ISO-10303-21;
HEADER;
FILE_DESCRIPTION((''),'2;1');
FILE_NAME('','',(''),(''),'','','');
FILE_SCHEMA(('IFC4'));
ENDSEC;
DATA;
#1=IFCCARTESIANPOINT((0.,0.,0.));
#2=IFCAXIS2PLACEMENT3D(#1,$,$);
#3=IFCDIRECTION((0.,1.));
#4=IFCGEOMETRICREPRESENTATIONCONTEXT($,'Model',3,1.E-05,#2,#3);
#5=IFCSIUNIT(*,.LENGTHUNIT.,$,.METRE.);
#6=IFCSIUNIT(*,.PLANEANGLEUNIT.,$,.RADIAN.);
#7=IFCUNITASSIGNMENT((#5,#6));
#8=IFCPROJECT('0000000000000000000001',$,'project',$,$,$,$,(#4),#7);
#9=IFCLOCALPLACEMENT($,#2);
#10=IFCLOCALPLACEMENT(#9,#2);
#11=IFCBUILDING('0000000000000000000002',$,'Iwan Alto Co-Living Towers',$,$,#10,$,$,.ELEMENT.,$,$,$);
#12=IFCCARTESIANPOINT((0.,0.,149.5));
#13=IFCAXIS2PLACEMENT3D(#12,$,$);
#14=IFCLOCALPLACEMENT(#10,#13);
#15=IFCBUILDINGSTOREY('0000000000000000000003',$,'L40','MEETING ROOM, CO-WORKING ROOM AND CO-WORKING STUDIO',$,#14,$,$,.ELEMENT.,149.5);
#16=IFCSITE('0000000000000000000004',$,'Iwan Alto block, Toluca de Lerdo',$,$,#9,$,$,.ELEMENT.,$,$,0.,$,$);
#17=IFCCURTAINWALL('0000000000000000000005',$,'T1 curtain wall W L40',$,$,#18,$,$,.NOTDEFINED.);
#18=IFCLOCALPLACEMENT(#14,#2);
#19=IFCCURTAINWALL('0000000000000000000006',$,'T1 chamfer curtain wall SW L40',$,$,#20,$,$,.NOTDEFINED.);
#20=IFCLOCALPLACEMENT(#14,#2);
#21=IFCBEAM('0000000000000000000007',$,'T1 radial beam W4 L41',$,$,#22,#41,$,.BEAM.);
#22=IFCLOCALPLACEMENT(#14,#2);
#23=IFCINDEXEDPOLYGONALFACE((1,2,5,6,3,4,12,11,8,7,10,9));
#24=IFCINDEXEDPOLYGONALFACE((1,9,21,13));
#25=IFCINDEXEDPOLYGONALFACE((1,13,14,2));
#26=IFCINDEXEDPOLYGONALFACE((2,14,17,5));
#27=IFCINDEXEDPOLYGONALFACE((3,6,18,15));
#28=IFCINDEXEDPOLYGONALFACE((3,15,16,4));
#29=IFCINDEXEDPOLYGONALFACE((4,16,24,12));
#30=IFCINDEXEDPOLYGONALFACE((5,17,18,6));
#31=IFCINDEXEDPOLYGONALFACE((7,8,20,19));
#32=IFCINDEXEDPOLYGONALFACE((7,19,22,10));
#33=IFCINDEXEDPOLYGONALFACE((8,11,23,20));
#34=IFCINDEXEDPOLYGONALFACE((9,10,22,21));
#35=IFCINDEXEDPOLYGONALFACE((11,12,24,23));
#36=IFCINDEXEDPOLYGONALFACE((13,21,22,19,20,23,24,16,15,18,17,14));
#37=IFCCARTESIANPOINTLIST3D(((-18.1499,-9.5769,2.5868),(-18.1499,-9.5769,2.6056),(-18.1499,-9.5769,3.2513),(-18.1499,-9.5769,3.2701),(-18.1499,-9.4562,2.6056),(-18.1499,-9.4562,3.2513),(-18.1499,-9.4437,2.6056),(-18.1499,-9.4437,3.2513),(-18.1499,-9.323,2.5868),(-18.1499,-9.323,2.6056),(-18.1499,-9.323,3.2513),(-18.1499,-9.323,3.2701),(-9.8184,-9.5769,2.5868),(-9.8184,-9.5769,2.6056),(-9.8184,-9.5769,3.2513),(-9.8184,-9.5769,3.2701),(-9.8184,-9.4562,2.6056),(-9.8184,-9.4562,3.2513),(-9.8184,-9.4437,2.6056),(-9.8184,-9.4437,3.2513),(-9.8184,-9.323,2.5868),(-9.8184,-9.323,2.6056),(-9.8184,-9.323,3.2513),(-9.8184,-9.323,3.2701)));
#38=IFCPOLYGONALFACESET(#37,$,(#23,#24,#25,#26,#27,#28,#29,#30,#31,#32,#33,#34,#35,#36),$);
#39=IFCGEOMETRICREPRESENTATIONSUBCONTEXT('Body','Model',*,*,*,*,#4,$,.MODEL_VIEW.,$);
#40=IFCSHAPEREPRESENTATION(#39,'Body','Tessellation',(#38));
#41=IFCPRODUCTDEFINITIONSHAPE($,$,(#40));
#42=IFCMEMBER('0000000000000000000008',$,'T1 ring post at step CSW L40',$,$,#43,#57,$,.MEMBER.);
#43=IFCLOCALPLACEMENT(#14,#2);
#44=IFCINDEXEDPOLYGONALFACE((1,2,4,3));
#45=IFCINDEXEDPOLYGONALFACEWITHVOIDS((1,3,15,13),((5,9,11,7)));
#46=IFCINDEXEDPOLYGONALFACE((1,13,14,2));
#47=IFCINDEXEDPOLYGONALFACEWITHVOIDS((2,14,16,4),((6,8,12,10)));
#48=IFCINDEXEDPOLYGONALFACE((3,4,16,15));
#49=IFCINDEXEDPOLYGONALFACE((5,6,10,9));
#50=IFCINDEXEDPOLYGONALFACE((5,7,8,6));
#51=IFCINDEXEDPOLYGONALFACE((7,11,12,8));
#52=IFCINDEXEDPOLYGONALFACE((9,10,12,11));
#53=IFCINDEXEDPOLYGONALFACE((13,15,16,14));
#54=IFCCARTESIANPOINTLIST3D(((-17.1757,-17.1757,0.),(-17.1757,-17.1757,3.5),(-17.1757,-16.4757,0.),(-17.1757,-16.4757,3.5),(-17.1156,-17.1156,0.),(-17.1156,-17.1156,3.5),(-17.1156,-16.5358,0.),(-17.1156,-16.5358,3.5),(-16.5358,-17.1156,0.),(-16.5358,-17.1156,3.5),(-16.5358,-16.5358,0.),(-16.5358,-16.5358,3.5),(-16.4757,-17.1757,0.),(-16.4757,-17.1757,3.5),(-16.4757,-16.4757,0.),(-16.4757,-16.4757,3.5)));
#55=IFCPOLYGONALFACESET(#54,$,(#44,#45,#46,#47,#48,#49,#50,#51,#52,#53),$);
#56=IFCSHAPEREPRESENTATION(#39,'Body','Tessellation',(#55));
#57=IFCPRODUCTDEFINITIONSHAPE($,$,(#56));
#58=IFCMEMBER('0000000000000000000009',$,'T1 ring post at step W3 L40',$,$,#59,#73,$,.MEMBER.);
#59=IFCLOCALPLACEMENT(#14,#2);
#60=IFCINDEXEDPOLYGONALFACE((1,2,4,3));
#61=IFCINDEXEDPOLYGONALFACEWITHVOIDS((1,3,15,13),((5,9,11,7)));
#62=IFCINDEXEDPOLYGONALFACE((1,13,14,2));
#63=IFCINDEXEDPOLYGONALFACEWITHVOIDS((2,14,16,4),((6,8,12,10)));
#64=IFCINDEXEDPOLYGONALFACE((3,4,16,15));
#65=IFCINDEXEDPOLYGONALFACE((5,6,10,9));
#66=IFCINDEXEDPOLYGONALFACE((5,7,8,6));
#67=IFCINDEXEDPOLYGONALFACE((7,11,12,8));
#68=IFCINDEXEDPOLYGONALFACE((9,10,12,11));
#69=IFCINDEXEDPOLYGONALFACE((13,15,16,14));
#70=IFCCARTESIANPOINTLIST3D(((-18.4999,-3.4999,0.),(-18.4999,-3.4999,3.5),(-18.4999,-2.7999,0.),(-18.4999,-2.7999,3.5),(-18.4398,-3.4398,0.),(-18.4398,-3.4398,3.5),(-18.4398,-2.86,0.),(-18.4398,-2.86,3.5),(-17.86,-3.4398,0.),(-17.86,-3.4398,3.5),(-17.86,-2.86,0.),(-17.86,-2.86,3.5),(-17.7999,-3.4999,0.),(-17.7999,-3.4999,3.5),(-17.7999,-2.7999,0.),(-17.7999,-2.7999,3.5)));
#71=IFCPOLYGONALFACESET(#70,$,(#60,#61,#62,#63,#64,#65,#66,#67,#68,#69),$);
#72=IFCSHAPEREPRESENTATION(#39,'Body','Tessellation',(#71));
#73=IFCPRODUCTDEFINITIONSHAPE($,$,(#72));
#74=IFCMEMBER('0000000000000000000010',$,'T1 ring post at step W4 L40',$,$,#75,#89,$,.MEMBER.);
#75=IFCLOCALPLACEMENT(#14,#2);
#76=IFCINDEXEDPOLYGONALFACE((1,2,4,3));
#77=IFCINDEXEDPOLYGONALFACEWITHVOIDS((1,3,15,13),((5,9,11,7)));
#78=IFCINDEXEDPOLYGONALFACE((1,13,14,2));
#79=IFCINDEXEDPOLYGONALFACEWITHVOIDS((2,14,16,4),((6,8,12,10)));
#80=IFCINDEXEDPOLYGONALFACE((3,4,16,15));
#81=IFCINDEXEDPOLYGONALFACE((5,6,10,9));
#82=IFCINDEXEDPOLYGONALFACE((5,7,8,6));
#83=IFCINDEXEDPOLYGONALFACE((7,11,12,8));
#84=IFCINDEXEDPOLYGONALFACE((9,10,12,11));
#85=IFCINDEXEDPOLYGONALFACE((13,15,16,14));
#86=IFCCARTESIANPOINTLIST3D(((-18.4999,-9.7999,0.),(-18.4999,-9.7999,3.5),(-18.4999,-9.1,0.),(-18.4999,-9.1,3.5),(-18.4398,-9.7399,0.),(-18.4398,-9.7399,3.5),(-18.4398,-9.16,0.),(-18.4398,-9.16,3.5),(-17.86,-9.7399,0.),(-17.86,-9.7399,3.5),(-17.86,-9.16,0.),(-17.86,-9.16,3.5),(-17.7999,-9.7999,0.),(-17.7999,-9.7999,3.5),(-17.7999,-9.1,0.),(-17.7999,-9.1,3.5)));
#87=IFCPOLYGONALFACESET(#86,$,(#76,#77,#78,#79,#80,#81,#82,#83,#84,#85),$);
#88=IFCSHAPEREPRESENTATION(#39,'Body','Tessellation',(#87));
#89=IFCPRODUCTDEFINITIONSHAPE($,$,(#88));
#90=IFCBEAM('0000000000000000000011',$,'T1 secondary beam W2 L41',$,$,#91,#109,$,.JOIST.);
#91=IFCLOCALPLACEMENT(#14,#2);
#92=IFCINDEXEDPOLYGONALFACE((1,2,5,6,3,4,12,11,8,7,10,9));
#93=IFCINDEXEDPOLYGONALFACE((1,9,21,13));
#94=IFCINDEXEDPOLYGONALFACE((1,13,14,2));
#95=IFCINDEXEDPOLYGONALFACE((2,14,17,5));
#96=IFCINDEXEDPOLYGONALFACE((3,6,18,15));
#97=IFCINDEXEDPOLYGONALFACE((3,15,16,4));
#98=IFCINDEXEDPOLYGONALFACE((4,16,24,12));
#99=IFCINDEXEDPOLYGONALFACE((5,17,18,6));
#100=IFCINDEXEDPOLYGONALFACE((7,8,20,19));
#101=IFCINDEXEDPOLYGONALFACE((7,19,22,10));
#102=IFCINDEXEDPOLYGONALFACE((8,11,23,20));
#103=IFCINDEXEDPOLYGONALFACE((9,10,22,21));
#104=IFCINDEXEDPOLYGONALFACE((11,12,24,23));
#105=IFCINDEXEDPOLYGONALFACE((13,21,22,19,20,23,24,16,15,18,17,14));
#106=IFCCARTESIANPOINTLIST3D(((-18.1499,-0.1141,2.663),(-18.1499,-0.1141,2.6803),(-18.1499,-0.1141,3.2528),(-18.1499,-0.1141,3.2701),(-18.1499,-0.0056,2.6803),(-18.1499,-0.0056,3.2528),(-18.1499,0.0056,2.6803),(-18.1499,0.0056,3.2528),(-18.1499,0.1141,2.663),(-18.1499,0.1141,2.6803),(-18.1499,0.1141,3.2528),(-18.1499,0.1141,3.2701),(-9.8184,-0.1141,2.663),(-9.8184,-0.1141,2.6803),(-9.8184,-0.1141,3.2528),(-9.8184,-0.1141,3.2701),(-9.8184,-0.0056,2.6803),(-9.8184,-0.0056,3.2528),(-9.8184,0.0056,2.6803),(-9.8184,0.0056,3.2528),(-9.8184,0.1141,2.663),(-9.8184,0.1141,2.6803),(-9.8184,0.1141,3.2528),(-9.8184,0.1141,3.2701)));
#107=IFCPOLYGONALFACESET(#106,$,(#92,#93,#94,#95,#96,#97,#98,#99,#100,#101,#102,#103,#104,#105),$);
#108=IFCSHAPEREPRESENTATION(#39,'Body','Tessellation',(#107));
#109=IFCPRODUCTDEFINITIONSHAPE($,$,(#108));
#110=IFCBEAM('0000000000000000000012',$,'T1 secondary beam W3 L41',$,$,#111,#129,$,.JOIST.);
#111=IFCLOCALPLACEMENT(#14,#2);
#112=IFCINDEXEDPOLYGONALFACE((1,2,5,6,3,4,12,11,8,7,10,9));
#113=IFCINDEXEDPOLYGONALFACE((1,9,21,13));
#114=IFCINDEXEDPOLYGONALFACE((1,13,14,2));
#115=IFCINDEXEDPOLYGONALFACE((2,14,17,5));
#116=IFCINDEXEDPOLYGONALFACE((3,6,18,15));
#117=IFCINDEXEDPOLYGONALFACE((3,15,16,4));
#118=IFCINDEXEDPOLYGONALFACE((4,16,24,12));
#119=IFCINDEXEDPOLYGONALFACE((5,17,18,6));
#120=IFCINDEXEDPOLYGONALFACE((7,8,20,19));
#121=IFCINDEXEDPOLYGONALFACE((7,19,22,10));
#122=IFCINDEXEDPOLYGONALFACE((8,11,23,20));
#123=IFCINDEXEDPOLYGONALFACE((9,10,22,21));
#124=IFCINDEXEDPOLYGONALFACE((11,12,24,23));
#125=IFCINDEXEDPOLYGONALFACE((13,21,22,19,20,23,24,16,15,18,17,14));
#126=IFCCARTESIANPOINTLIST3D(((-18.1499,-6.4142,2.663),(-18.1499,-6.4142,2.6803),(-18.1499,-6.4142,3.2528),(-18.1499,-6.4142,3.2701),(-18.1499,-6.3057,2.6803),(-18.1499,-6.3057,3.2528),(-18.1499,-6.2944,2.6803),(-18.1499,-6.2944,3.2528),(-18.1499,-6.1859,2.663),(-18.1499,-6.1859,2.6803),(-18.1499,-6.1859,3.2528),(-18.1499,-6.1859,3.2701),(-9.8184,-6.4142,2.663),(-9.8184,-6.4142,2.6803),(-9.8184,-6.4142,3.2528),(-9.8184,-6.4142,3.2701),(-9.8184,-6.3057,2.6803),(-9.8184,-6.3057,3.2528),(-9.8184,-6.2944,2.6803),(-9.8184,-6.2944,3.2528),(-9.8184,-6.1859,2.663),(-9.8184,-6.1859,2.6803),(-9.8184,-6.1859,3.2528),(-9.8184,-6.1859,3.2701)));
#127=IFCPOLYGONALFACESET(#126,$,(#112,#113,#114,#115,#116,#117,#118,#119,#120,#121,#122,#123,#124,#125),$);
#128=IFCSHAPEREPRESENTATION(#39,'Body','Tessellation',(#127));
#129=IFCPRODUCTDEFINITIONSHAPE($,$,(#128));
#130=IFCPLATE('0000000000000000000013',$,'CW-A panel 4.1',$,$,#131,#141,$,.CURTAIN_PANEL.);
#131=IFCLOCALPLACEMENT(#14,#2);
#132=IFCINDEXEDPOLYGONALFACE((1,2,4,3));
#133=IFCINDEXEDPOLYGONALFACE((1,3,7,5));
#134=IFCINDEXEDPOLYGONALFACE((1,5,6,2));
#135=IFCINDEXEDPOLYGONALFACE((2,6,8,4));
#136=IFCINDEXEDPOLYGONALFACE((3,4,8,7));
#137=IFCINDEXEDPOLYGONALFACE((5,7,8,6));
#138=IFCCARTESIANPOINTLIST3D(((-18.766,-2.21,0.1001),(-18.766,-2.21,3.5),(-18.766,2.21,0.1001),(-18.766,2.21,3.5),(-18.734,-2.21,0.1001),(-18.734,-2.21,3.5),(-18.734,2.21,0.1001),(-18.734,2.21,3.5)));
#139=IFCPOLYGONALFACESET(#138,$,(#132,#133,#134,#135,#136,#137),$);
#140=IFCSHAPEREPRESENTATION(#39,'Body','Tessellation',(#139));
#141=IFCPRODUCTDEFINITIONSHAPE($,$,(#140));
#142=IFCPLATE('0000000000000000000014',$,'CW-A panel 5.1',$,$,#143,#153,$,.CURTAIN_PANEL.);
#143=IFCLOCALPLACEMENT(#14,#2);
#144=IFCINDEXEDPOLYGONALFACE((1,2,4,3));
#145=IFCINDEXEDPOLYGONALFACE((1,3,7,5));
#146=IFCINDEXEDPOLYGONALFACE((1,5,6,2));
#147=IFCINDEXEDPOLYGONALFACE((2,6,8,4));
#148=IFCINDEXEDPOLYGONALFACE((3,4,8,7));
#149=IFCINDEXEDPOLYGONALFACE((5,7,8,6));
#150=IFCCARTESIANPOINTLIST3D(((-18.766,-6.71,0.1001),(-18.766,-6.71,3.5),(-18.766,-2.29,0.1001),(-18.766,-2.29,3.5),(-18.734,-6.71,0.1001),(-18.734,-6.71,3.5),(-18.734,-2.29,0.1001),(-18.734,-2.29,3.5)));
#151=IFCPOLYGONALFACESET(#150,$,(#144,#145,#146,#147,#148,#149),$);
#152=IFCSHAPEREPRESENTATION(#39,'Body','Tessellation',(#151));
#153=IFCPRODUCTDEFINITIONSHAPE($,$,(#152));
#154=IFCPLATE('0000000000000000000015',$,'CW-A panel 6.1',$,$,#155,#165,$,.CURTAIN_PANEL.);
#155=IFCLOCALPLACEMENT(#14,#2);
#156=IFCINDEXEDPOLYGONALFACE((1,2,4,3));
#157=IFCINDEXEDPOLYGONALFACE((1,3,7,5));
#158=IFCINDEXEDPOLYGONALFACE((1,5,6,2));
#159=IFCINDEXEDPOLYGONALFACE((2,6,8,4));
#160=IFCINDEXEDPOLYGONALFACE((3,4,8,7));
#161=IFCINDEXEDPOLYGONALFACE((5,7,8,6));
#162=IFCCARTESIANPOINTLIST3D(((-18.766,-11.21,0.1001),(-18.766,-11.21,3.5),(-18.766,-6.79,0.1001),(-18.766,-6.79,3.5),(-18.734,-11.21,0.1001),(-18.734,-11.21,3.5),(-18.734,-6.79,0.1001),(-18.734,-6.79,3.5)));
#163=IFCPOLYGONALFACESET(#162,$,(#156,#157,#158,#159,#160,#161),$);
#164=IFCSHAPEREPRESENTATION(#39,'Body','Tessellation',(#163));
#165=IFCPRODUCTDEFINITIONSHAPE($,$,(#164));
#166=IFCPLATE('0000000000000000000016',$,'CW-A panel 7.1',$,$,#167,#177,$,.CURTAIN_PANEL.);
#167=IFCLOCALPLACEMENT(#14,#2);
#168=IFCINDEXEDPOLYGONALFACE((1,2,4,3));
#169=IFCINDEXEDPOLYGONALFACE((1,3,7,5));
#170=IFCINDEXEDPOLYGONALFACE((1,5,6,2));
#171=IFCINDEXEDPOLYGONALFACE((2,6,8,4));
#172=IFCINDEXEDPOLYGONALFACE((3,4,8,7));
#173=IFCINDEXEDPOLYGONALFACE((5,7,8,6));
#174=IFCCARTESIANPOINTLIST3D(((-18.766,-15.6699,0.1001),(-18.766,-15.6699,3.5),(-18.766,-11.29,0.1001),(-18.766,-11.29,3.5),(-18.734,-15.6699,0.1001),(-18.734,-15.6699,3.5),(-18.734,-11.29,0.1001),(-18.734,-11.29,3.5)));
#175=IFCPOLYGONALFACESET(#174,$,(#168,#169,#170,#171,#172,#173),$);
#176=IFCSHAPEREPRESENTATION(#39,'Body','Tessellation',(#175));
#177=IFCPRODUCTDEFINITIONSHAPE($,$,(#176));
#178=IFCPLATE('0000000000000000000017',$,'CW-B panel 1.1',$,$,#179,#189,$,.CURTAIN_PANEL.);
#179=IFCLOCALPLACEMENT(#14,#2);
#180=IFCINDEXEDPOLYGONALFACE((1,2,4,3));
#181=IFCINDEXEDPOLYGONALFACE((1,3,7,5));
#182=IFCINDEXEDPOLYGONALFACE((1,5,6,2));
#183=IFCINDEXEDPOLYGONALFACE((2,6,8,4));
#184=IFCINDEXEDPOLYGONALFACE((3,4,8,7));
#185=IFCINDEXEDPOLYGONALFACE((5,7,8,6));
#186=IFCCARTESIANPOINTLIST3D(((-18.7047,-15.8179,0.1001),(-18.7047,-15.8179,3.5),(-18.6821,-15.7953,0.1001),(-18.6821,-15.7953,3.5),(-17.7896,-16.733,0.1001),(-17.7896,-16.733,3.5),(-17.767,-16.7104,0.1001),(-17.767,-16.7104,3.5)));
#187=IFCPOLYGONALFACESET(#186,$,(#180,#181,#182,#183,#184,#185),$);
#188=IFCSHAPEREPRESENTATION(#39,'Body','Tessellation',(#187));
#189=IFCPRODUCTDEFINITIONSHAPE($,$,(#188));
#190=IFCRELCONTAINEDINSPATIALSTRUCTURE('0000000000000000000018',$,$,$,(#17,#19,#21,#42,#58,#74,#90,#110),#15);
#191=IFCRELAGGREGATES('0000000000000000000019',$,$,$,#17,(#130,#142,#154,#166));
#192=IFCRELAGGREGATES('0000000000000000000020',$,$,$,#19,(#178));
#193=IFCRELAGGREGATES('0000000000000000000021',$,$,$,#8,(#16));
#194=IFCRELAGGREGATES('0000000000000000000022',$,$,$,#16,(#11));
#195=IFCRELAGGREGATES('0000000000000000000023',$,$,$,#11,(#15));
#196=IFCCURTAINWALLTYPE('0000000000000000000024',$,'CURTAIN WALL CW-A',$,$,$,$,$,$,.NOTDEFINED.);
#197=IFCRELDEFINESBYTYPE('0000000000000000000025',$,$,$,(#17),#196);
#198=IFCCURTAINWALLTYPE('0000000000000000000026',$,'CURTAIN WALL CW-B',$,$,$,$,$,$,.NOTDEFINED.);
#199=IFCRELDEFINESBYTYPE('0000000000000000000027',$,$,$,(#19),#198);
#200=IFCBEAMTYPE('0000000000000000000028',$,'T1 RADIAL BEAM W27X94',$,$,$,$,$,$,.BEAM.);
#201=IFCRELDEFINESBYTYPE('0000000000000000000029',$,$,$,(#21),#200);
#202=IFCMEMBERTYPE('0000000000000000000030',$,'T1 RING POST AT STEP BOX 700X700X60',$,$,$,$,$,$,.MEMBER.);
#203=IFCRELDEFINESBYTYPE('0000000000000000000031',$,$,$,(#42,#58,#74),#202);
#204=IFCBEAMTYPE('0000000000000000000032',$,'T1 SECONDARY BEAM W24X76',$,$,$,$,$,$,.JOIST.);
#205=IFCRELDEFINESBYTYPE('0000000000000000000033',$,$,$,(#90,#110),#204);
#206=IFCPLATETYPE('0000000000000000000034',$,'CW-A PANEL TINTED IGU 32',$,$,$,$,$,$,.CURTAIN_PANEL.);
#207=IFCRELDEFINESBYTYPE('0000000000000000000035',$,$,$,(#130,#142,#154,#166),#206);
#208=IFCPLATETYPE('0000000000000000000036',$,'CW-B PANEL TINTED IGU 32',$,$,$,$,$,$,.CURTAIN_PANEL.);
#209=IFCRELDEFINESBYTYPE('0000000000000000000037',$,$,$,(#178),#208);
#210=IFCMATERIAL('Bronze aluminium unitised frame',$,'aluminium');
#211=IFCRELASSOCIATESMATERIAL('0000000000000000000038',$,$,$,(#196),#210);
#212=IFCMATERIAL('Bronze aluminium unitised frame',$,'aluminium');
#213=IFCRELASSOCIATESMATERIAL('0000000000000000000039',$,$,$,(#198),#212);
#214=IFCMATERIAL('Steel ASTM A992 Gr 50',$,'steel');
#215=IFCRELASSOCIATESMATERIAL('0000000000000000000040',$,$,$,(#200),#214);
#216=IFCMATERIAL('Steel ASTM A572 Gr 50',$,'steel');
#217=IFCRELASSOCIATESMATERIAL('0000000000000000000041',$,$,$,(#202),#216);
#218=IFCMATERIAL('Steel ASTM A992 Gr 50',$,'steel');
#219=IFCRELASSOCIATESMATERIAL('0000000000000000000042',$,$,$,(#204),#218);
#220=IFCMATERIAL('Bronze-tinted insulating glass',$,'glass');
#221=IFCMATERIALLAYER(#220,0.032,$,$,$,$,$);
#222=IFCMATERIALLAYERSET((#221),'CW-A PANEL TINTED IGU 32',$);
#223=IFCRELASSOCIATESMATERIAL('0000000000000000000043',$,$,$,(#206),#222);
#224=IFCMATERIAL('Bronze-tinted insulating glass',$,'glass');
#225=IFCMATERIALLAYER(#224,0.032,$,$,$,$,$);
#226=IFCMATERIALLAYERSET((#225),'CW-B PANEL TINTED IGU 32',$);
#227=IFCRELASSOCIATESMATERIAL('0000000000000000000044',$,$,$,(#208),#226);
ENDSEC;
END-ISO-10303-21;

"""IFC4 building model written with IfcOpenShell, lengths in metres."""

from ifc_helpers import new_model, si_unit, direction, frame, origin, origin_2d, place, context, subcontext, project, spatial, rectangle, hollow_rectangle, i_section, extrude, material, layer, layer_set, material_profile, profile_set, type_object, element, aggregate, save


model = new_model("IFC4")

# Units and contexts
model_context = context("Model", 3, precision=1e-05, world=origin(), true_north=direction((0.0, 1.0)))
body_context = subcontext(model_context, "Body", "Model", "MODEL_VIEW")
ifc_project = project(units=[si_unit("LENGTHUNIT", "METRE"), si_unit("PLANEANGLEUNIT", "RADIAN")], contexts=[model_context])

# Site, building, storey
site_placement = place(None, origin())
site = spatial("IfcSite", under=ifc_project, at=site_placement, Name="Iwan Alto block, Toluca de Lerdo", CompositionType="ELEMENT", RefElevation=0.0)
building_placement = place(site_placement, origin())
building = spatial("IfcBuilding", under=site, at=building_placement, Name="Iwan Alto Co-Living Towers", CompositionType="ELEMENT")
storey_placement = place(building_placement, frame((0.0, 0.0, 149.5)))
storey = spatial("IfcBuildingStorey", under=building, at=storey_placement, Name="L40", Description="MEETING ROOM, CO-WORKING ROOM AND CO-WORKING STUDIO", CompositionType="ELEMENT", Elevation=149.5)

# Curtain walls
ifc_material_1 = material(Name="Bronze aluminium unitised frame", Category="aluminium")
curtain_wall_type_1 = type_object("IfcCurtainWallType", Name="CURTAIN WALL CW-A", PredefinedType="NOTDEFINED", material=ifc_material_1)
curtain_wall_1_placement = place(storey_placement, origin())
curtain_wall_1 = element("IfcCurtainWall", 1, at=curtain_wall_1_placement, inside=storey, type_object=curtain_wall_type_1, Name="T1 curtain wall W L40", PredefinedType="NOTDEFINED")
ifc_material_2 = material(Name="Bronze aluminium unitised frame", Category="aluminium")
curtain_wall_type_2 = type_object("IfcCurtainWallType", Name="CURTAIN WALL CW-B", PredefinedType="NOTDEFINED", material=ifc_material_2)
curtain_wall_2_placement = place(storey_placement, origin())
curtain_wall_2 = element("IfcCurtainWall", 2, at=curtain_wall_2_placement, inside=storey, type_object=curtain_wall_type_2, Name="T1 chamfer curtain wall SW L40", PredefinedType="NOTDEFINED")

# Beam
ifc_material_3 = material(Name="Steel ASTM A992 Gr 50", Category="steel")
ifc_material_profile_1 = material_profile(ifc_material_3, i_section(OverallWidth=0.2539, OverallDepth=0.6833, WebThickness=0.0125, FlangeThickness=0.0188, at=origin_2d()), Name="W27X94")
ifc_profile_set_1 = profile_set([ifc_material_profile_1], Name="Steel ASTM A992 Gr 50")
beam_type_1 = type_object("IfcBeamType", Name="T1 RADIAL BEAM W27X94", PredefinedType="BEAM", material=ifc_profile_set_1)
for number, where, z_axis, x_axis, name in (
    (3, (-18.1499, -9.45, 2.9285), (1.0, 0.0, 0.0), (0.0, 1.0, 0.0), "T1 radial beam W4 L41"),
):
    element("IfcBeam", number, at=place(storey_placement, frame(where, z_axis=z_axis, x_axis=x_axis)), inside=storey, type_object=beam_type_1, Name=name, PredefinedType="BEAM", context=body_context, shape_type="SweptSolid", body=[
        extrude(i_section(OverallWidth=0.2539, OverallDepth=0.6833, WebThickness=0.0125, FlangeThickness=0.0188, at=origin_2d()), origin(), (0.0, 0.0, 1.0), 8.3315),
    ])

# Members
ifc_material_4 = material(Name="Steel ASTM A572 Gr 50", Category="steel")
ifc_material_profile_2 = material_profile(ifc_material_4, hollow_rectangle(XDim=0.7, YDim=0.7, WallThickness=0.0601, at=origin_2d()), Name="BOX 700X700X60")
ifc_profile_set_2 = profile_set([ifc_material_profile_2], Name="Steel ASTM A572 Gr 50")
member_type_1 = type_object("IfcMemberType", Name="T1 RING POST AT STEP BOX 700X700X60", PredefinedType="MEMBER", material=ifc_profile_set_2)
for number, where, z_axis, x_axis, name in (
    (4, (-16.8257, -16.8257, 0.0), (0.0, 0.0, 1.0), (1.0, 0.0, 0.0), "T1 ring post at step CSW L40"),
    (5, (-18.1499, -3.1499, 0.0), (0.0, 0.0, 1.0), (1.0, 0.0, 0.0), "T1 ring post at step W3 L40"),
    (6, (-18.1499, -9.45, 0.0), (0.0, 0.0, 1.0), (1.0, 0.0, 0.0), "T1 ring post at step W4 L40"),
):
    element("IfcMember", number, at=place(storey_placement, frame(where, z_axis=z_axis, x_axis=x_axis)), inside=storey, type_object=member_type_1, Name=name, PredefinedType="MEMBER", context=body_context, shape_type="SweptSolid", body=[
        extrude(hollow_rectangle(XDim=0.7, YDim=0.7, WallThickness=0.0601, at=origin_2d()), origin(), (0.0, 0.0, 1.0), 3.5),
    ])

# Beams
ifc_material_5 = material(Name="Steel ASTM A992 Gr 50", Category="steel")
ifc_material_profile_3 = material_profile(ifc_material_5, i_section(OverallWidth=0.2283, OverallDepth=0.6072, WebThickness=0.0112, FlangeThickness=0.0173, at=origin_2d()), Name="W24X76")
ifc_profile_set_3 = profile_set([ifc_material_profile_3], Name="Steel ASTM A992 Gr 50")
beam_type_2 = type_object("IfcBeamType", Name="T1 SECONDARY BEAM W24X76", PredefinedType="JOIST", material=ifc_profile_set_3)
for number, where, z_axis, x_axis, name in (
    (7, (-18.1499, 0.0, 2.9666), (1.0, 0.0, 0.0), (0.0, 1.0, 0.0), "T1 secondary beam W2 L41"),
    (8, (-18.1499, -6.3, 2.9666), (1.0, 0.0, 0.0), (0.0, 1.0, 0.0), "T1 secondary beam W3 L41"),
):
    element("IfcBeam", number, at=place(storey_placement, frame(where, z_axis=z_axis, x_axis=x_axis)), inside=storey, type_object=beam_type_2, Name=name, PredefinedType="JOIST", context=body_context, shape_type="SweptSolid", body=[
        extrude(i_section(OverallWidth=0.2283, OverallDepth=0.6072, WebThickness=0.0112, FlangeThickness=0.0173, at=origin_2d()), origin(), (0.0, 0.0, 1.0), 8.3315),
    ])

# Plates
ifc_material_6 = material(Name="Bronze-tinted insulating glass", Category="glass")
ifc_layer_1 = layer(ifc_material_6, 0.032)
ifc_layer_set_1 = layer_set([ifc_layer_1], Name="CW-A PANEL TINTED IGU 32")
plate_type_1 = type_object("IfcPlateType", Name="CW-A PANEL TINTED IGU 32", PredefinedType="CURTAIN_PANEL", material=ifc_layer_set_1)
plate_1_placement = place(storey_placement, frame((-18.75, 0.0, 0.1001), z_axis=(0.0, 0.0, 1.0), x_axis=(0.0, -1.0, 0.0)))
plate_1 = element("IfcPlate", 9, at=plate_1_placement, type_object=plate_type_1, Name="CW-A panel 4.1", PredefinedType="CURTAIN_PANEL", context=body_context, shape_type="SweptSolid", body=[
    extrude(rectangle(XDim=4.4199, YDim=0.032, at=origin_2d()), origin(), (0.0, 0.0, 1.0), 3.3999),
])
plate_2_placement = place(storey_placement, frame((-18.75, -4.5, 0.1001), z_axis=(0.0, 0.0, 1.0), x_axis=(0.0, -1.0, 0.0)))
plate_2 = element("IfcPlate", 10, at=plate_2_placement, type_object=plate_type_1, Name="CW-A panel 5.1", PredefinedType="CURTAIN_PANEL", context=body_context, shape_type="SweptSolid", body=[
    extrude(rectangle(XDim=4.4199, YDim=0.032, at=origin_2d()), origin(), (0.0, 0.0, 1.0), 3.3999),
])
plate_3_placement = place(storey_placement, frame((-18.75, -9.0, 0.1001), z_axis=(0.0, 0.0, 1.0), x_axis=(0.0, -1.0, 0.0)))
plate_3 = element("IfcPlate", 11, at=plate_3_placement, type_object=plate_type_1, Name="CW-A panel 6.1", PredefinedType="CURTAIN_PANEL", context=body_context, shape_type="SweptSolid", body=[
    extrude(rectangle(XDim=4.4199, YDim=0.032, at=origin_2d()), origin(), (0.0, 0.0, 1.0), 3.3999),
])
plate_4_placement = place(storey_placement, frame((-18.75, -13.48, 0.1001), z_axis=(0.0, 0.0, 1.0), x_axis=(0.0, -1.0, 0.0)))
plate_4 = element("IfcPlate", 12, at=plate_4_placement, type_object=plate_type_1, Name="CW-A panel 7.1", PredefinedType="CURTAIN_PANEL", context=body_context, shape_type="SweptSolid", body=[
    extrude(rectangle(XDim=4.3799, YDim=0.032, at=origin_2d()), origin(), (0.0, 0.0, 1.0), 3.3999),
])
aggregate(curtain_wall_1, [plate_1, plate_2, plate_3, plate_4])
ifc_material_7 = material(Name="Bronze-tinted insulating glass", Category="glass")
ifc_layer_2 = layer(ifc_material_7, 0.032)
ifc_layer_set_2 = layer_set([ifc_layer_2], Name="CW-B PANEL TINTED IGU 32")
plate_type_2 = type_object("IfcPlateType", Name="CW-B PANEL TINTED IGU 32", PredefinedType="CURTAIN_PANEL", material=ifc_layer_set_2)
plate_5_placement = place(storey_placement, frame((-18.2358, -16.2642, 0.1001), z_axis=(0.0, 0.0, 1.0), x_axis=(0.707107, -0.707107, 0.0)))
plate_5 = element("IfcPlate", 13, at=plate_5_placement, type_object=plate_type_2, Name="CW-B panel 1.1", PredefinedType="CURTAIN_PANEL", context=body_context, shape_type="SweptSolid", body=[
    extrude(rectangle(XDim=1.2942, YDim=0.032, at=origin_2d()), origin(), (0.0, 0.0, 1.0), 3.3999),
])
aggregate(curtain_wall_2, [plate_5])

save(model, "model.ifc")
